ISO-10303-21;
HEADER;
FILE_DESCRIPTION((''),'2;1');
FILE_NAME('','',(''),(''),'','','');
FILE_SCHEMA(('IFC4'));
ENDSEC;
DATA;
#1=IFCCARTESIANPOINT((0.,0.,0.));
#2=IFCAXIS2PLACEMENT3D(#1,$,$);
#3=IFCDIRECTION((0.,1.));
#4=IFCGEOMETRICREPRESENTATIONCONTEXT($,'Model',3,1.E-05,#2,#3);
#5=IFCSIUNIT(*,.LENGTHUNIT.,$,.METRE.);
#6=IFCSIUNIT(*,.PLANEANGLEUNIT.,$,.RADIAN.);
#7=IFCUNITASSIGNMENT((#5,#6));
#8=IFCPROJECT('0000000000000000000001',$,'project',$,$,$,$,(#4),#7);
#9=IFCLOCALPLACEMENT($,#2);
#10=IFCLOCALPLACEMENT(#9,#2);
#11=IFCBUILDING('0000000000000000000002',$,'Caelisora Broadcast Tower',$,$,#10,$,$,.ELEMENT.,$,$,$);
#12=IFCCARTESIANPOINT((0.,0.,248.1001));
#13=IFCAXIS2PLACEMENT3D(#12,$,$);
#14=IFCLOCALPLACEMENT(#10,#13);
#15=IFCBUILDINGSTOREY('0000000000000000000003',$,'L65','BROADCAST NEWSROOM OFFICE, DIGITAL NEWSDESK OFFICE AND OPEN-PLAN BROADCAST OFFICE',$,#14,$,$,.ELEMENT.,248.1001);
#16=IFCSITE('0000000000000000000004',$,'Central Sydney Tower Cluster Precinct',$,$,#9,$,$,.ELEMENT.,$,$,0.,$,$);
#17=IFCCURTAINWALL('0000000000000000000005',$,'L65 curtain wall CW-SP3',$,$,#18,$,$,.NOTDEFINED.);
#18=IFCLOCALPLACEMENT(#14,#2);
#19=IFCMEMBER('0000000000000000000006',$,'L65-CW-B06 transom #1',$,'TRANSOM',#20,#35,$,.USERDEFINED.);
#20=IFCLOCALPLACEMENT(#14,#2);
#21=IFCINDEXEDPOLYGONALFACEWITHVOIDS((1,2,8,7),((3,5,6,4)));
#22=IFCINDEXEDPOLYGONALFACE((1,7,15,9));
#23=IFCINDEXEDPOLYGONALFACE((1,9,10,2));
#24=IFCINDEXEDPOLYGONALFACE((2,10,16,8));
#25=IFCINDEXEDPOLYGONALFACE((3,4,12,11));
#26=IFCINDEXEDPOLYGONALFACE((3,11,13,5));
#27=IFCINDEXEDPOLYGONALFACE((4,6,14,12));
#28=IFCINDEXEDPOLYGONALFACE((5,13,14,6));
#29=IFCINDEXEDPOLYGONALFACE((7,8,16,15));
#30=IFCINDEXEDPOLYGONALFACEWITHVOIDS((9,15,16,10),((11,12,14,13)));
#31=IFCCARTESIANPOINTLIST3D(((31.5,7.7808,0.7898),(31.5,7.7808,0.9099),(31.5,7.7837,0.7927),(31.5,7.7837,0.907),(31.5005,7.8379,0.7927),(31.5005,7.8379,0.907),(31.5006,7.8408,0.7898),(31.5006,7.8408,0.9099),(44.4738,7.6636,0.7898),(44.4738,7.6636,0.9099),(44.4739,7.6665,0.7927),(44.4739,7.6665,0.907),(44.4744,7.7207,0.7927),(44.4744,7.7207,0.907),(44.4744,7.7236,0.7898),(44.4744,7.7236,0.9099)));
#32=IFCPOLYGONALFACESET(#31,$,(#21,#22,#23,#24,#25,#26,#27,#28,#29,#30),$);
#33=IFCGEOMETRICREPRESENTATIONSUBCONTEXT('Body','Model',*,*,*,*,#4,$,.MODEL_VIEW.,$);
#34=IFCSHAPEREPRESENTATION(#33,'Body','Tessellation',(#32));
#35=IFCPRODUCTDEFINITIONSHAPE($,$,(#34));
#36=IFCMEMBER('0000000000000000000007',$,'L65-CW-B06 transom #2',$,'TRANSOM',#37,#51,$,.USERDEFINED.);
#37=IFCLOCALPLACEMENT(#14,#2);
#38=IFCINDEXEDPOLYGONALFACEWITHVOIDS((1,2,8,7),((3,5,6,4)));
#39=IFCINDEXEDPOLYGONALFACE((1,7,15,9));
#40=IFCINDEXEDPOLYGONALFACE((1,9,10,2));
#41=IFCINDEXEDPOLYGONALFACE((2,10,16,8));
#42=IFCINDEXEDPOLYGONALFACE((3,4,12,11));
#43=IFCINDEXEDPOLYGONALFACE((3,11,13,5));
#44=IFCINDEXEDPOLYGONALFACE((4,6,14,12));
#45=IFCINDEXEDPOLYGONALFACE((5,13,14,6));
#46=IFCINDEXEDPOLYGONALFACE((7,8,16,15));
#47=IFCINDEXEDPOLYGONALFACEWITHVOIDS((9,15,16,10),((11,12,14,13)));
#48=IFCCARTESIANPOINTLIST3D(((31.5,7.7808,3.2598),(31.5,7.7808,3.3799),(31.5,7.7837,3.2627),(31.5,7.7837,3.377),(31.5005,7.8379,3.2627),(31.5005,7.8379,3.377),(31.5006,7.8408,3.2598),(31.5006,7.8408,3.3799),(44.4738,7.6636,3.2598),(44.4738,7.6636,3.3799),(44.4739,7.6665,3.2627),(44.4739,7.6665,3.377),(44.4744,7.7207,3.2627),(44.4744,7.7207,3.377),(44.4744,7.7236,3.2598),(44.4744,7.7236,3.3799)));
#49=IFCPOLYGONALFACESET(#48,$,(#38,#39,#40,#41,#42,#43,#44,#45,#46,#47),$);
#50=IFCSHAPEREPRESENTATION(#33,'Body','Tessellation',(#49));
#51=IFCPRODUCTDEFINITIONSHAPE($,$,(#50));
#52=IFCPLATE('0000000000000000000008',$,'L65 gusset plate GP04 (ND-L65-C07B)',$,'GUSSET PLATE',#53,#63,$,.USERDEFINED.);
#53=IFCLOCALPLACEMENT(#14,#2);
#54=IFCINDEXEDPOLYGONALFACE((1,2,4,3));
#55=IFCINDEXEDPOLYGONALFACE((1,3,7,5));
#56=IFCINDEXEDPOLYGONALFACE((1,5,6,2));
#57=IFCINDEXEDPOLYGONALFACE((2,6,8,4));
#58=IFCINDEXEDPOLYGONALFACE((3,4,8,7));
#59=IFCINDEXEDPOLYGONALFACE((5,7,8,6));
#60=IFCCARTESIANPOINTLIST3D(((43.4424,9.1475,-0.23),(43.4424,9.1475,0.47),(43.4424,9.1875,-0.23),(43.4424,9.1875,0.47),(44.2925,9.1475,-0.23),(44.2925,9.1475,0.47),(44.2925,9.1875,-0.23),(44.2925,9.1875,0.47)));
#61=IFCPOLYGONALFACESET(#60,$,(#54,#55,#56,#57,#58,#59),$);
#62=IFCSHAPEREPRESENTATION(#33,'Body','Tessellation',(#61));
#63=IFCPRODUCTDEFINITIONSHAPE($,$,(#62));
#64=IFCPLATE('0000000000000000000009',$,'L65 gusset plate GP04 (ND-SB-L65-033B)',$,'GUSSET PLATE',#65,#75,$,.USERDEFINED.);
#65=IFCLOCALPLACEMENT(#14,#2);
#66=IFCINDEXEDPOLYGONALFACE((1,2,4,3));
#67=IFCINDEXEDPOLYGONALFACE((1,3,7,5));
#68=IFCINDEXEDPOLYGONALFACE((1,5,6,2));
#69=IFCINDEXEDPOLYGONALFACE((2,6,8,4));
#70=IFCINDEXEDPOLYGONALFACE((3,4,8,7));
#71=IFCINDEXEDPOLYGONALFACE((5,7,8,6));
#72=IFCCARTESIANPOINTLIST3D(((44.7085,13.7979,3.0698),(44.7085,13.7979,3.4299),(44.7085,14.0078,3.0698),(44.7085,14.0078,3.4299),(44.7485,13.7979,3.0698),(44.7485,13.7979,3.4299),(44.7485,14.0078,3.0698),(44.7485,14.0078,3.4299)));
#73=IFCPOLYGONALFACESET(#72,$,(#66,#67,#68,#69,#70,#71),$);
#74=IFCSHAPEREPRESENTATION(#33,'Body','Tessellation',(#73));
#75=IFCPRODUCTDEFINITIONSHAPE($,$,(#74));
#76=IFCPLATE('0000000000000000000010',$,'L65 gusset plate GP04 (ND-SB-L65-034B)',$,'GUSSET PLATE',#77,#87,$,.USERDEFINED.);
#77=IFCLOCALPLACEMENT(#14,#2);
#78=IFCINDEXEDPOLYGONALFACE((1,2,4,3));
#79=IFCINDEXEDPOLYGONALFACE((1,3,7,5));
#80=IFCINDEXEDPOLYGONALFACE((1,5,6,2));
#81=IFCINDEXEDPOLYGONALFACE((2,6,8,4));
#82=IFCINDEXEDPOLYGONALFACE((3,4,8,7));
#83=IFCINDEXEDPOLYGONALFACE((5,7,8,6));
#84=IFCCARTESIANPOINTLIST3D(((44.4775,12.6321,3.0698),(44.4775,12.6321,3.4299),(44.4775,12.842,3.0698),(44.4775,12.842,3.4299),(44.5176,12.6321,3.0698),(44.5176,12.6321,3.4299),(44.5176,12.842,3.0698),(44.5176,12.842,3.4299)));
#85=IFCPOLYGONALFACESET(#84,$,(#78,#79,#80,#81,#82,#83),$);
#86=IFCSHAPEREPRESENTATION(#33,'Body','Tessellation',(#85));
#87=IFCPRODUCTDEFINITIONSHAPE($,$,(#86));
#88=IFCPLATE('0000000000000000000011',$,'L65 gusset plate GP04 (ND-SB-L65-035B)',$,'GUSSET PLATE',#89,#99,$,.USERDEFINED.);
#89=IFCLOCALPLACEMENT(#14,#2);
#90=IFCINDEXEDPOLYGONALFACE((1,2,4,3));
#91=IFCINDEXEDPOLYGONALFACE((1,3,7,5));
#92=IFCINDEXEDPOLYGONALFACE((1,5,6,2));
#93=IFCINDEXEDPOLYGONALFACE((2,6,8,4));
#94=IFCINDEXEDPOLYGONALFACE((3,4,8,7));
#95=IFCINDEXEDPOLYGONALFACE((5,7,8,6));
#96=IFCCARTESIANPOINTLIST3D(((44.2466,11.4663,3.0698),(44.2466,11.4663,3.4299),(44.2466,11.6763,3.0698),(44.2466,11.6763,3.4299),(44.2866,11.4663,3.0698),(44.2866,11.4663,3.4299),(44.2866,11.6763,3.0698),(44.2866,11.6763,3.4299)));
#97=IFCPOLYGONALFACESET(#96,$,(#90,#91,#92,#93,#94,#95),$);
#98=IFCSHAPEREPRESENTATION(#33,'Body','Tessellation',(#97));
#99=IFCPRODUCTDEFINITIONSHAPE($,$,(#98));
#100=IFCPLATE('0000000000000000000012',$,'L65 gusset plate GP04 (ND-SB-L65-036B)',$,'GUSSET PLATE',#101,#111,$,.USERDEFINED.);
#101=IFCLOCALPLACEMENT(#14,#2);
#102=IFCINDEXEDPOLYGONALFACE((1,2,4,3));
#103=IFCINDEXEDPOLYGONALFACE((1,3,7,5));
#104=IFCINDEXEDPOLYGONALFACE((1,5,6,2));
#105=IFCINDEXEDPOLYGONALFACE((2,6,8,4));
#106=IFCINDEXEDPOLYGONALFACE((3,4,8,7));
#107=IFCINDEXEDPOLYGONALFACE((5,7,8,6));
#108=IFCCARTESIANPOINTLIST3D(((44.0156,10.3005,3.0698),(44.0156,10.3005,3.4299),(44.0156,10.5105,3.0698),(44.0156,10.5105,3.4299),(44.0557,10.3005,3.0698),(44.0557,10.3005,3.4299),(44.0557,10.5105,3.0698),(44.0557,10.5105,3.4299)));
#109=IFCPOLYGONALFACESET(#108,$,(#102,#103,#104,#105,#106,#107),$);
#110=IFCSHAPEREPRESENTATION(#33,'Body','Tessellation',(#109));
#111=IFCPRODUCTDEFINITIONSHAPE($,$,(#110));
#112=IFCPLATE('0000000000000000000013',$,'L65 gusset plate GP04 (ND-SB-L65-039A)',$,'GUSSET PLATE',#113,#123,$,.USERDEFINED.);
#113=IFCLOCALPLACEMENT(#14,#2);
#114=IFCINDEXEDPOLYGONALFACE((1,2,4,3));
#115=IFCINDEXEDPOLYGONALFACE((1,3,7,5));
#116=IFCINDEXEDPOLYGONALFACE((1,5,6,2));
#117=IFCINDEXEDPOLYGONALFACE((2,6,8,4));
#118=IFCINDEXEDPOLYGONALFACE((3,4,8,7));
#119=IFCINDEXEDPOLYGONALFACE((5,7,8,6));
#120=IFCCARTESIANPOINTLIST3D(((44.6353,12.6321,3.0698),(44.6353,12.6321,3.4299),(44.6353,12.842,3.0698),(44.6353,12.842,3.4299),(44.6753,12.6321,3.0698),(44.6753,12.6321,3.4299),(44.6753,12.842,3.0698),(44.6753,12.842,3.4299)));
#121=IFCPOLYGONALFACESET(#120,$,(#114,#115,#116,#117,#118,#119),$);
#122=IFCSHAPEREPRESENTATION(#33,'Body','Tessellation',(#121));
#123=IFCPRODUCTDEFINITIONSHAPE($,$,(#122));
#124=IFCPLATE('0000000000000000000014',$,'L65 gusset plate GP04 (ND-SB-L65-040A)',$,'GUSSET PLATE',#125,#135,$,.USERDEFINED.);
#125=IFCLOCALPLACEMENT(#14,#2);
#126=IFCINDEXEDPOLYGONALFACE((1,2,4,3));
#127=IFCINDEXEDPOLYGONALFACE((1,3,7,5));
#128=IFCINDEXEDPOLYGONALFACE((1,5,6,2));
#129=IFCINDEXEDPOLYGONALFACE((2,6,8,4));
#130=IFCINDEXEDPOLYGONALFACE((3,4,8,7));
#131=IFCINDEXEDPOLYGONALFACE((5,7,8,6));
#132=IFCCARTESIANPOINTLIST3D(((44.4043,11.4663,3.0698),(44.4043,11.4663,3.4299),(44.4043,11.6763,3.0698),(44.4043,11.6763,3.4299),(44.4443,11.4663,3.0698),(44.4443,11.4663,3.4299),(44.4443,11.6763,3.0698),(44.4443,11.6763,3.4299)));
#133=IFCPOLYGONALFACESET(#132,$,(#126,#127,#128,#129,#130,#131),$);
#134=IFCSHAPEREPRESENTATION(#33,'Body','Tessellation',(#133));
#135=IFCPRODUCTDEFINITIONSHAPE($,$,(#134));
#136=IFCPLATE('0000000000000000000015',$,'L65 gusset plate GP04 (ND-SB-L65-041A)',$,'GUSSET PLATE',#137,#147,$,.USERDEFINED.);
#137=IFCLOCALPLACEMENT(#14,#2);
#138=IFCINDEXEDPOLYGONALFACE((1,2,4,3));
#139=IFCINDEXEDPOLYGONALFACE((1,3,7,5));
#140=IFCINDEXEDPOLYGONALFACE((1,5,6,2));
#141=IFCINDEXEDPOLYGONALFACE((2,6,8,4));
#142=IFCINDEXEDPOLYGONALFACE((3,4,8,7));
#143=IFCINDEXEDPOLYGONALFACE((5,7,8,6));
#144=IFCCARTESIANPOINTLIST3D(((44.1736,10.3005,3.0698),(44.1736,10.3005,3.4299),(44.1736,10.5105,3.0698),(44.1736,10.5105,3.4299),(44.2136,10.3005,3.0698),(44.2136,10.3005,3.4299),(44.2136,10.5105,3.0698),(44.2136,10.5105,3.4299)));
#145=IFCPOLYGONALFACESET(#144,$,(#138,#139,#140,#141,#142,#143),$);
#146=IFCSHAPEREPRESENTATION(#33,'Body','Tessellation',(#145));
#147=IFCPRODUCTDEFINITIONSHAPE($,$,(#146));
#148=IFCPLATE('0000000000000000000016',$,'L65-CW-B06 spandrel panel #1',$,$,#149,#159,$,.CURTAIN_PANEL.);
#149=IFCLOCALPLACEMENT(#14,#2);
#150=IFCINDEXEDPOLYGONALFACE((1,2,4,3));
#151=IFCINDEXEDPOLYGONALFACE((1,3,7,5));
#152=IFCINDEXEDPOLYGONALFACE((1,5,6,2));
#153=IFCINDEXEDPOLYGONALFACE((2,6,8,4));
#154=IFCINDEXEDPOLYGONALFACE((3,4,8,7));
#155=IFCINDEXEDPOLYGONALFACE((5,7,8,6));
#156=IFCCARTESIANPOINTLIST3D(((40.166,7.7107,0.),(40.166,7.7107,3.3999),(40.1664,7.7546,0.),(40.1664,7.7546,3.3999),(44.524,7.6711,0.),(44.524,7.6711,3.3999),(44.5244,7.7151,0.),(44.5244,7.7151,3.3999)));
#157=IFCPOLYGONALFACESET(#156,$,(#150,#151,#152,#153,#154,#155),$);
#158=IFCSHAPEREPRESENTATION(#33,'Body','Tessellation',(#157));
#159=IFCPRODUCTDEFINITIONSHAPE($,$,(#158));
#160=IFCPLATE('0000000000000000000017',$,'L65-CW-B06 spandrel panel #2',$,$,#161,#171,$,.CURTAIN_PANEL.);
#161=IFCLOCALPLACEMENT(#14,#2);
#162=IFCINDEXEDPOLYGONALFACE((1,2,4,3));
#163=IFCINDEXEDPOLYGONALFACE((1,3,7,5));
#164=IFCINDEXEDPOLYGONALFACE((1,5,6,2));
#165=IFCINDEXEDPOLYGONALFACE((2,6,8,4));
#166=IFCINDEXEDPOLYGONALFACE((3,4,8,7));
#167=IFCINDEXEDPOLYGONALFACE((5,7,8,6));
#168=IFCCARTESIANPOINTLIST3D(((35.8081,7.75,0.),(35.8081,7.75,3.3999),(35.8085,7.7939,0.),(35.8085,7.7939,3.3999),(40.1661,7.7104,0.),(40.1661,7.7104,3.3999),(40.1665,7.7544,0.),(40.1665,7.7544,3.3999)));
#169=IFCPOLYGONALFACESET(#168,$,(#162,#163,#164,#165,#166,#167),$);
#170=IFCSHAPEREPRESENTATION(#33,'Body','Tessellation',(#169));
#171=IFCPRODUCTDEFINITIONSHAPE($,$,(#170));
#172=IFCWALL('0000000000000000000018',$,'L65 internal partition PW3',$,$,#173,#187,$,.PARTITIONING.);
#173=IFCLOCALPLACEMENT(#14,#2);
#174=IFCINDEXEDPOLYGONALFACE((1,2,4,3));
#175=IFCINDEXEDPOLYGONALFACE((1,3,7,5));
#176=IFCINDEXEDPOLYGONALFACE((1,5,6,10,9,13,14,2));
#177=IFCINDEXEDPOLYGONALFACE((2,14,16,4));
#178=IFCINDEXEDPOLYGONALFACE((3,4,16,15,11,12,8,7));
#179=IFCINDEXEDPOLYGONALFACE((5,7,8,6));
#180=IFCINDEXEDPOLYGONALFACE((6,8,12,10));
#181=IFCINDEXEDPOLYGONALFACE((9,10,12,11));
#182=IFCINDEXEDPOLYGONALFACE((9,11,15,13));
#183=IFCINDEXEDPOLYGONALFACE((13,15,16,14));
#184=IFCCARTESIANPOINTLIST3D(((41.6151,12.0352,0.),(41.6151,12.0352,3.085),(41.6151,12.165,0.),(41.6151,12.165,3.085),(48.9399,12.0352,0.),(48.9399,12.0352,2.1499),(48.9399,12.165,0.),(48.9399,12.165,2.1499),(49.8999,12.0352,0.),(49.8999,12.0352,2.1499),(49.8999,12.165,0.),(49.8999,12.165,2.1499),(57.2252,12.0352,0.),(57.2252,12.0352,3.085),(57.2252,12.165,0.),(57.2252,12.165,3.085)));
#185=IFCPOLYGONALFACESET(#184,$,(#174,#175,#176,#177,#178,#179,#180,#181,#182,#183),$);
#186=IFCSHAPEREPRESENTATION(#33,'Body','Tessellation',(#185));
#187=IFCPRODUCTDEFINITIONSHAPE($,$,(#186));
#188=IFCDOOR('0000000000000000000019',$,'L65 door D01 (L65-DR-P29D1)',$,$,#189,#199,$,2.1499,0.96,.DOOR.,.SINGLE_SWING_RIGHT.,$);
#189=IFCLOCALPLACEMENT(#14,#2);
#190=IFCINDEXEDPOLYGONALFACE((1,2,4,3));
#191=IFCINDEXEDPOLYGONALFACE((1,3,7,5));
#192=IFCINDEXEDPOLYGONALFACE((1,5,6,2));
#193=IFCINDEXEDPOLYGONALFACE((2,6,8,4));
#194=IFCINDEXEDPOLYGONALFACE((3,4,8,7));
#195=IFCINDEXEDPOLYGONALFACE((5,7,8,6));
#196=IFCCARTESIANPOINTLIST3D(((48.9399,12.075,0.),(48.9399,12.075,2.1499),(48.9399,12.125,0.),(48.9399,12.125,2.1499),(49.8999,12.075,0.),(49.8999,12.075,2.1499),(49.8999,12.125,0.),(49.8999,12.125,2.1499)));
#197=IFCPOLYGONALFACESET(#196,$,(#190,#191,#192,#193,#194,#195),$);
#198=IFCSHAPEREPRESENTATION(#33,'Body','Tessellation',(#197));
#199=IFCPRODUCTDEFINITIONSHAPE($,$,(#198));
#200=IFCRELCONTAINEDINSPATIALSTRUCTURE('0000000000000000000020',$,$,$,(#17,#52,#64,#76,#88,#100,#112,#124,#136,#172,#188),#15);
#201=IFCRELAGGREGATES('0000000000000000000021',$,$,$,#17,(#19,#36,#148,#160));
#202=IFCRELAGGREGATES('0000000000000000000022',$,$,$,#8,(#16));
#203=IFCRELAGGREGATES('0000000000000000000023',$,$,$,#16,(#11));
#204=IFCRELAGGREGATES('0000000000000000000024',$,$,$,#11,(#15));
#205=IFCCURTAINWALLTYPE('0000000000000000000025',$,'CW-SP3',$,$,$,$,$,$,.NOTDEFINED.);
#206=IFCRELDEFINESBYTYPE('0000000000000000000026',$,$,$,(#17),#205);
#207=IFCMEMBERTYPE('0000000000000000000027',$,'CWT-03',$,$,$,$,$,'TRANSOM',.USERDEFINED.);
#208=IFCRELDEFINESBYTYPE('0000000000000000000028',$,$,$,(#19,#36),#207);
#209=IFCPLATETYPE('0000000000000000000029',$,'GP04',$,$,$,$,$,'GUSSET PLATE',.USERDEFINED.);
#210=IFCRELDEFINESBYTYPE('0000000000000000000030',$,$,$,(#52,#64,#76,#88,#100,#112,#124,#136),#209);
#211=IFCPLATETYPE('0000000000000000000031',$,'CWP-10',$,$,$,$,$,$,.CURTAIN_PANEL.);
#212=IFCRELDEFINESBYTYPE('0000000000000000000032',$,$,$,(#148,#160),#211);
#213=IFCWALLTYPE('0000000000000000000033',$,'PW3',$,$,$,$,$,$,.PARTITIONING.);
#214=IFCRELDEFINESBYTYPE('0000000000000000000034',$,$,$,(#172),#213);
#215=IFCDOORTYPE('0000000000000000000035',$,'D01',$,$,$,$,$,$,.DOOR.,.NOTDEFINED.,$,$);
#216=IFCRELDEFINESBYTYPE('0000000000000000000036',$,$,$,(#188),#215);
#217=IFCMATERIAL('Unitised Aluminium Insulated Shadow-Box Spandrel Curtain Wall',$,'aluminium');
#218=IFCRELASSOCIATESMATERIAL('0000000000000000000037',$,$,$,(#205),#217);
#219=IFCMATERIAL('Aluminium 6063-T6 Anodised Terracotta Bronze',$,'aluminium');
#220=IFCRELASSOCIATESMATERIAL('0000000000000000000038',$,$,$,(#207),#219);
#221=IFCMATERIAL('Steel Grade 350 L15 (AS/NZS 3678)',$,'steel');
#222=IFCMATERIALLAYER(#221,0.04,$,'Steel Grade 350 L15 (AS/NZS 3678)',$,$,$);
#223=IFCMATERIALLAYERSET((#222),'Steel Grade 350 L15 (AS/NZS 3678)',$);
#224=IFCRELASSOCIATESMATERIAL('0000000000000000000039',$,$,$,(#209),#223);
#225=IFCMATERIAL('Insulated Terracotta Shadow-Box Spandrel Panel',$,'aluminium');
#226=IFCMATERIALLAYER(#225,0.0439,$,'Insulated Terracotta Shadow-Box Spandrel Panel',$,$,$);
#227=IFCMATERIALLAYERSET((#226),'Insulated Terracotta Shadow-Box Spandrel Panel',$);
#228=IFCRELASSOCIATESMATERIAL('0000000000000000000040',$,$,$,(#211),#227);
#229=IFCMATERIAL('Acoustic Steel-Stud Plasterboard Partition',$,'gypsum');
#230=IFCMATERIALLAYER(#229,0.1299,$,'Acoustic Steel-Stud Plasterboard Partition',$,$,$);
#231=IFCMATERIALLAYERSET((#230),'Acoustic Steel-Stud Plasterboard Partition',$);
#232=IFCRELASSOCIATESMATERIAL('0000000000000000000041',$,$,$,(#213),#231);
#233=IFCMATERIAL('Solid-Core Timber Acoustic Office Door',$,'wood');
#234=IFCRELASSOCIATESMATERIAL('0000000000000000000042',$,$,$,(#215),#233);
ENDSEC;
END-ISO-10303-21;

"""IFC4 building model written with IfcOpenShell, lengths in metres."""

from ifc_helpers import new_model, si_unit, direction, frame, frame_2d, origin, origin_2d, place, context, subcontext, project, spatial, rectangle, hollow_rectangle, extrude, source, transform, mapped, material, layer, layer_set, material_profile, profile_set, type_object, type_shapes, element, fill, aggregate, save


model = new_model("IFC4")

# Units and contexts
model_context = context("Model", 3, precision=1e-05, world=origin(), true_north=direction((0.0, 1.0)))
body_context = subcontext(model_context, "Body", "Model", "MODEL_VIEW")
ifc_project = project(units=[si_unit("LENGTHUNIT", "METRE"), si_unit("PLANEANGLEUNIT", "RADIAN")], contexts=[model_context])

# Site, building, storey
site_placement = place(None, origin())
site = spatial("IfcSite", under=ifc_project, at=site_placement, Name="Central Sydney Tower Cluster Precinct", CompositionType="ELEMENT", RefElevation=0.0)
building_placement = place(site_placement, origin())
building = spatial("IfcBuilding", under=site, at=building_placement, Name="Caelisora Broadcast Tower", CompositionType="ELEMENT")
storey_placement = place(building_placement, frame((0.0, 0.0, 248.1001)))
storey = spatial("IfcBuildingStorey", under=building, at=storey_placement, Name="L65", Description="BROADCAST NEWSROOM OFFICE, DIGITAL NEWSDESK OFFICE AND OPEN-PLAN BROADCAST OFFICE", CompositionType="ELEMENT", Elevation=248.1001)

# Shared definitions
ifc_material_1 = material(Name="Steel Grade 350 L15 (AS/NZS 3678)", Category="steel")

# Shared definitions
ifc_material_2 = material(Name="Aluminium 6063-T6 Anodised Terracotta Bronze", Category="aluminium")

# Curtain wall, members
ifc_material_3 = material(Name="Unitised Aluminium Insulated Shadow-Box Spandrel Curtain Wall", Category="aluminium")
curtain_wall_type_1 = type_object("IfcCurtainWallType", Name="CW-SP3", PredefinedType="NOTDEFINED", material=ifc_material_3)
curtain_wall_1_placement = place(storey_placement, origin())
curtain_wall_1 = element("IfcCurtainWall", 1, at=curtain_wall_1_placement, inside=storey, type_object=curtain_wall_type_1, Name="L65 curtain wall CW-SP3", PredefinedType="NOTDEFINED")
ifc_material_profile_1 = material_profile(ifc_material_2, hollow_rectangle(XDim=0.0601, YDim=0.1201, WallThickness=0.0029, at=origin_2d()), Name="Aluminium 6063-T6 Anodised Terracotta Bronze")
ifc_profile_set_1 = profile_set([ifc_material_profile_1], Name="Aluminium 6063-T6 Anodised Terracotta Bronze")
member_type_1 = type_object("IfcMemberType", Name="CWT-03", ElementType="TRANSOM", PredefinedType="USERDEFINED", material=ifc_profile_set_1)
shared_shape_1 = source(origin(), body_context, "Body", "SweptSolid", [
    extrude(hollow_rectangle(XDim=0.0601, YDim=0.1201, WallThickness=0.0029, at=origin_2d()), origin(), (0.0, 0.0, 1.0), 12.9744),
])
type_shapes(member_type_1, [shared_shape_1])
member_1_placement = place(storey_placement, frame((44.4741, 7.6936, 0.8499), z_axis=(-0.999959, 0.009032, 0.0), x_axis=(-0.009032, -0.999959, 0.0)))
member_1 = element("IfcMember", 2, at=member_1_placement, type_object=member_type_1, Name="L65-CW-B06 transom #1", ObjectType="TRANSOM", PredefinedType="USERDEFINED", context=body_context, shape_type="MappedRepresentation", body=[
    mapped(shared_shape_1, transform((0.0, 0.0, 0.0), scale=1.0)),
])
member_2_placement = place(storey_placement, frame((44.4741, 7.6936, 3.3198), z_axis=(-0.999959, 0.009032, 0.0), x_axis=(-0.009032, -0.999959, 0.0)))
member_2 = element("IfcMember", 3, at=member_2_placement, type_object=member_type_1, Name="L65-CW-B06 transom #2", ObjectType="TRANSOM", PredefinedType="USERDEFINED", context=body_context, shape_type="MappedRepresentation", body=[
    mapped(shared_shape_1, transform((0.0, 0.0, 0.0), scale=1.0)),
])

# Plates
ifc_layer_1 = layer(ifc_material_1, 0.04, Name="Steel Grade 350 L15 (AS/NZS 3678)")
ifc_layer_set_1 = layer_set([ifc_layer_1], Name="Steel Grade 350 L15 (AS/NZS 3678)")
plate_type_1 = type_object("IfcPlateType", Name="GP04", ElementType="GUSSET PLATE", PredefinedType="USERDEFINED", material=ifc_layer_set_1)
shared_shape_2 = source(origin(), body_context, "Body", "SweptSolid", [
    extrude(rectangle(XDim=0.8501, YDim=0.04, at=origin_2d()), origin(), (0.0, 0.0, 1.0), 0.7),
])
plate_1_placement = place(storey_placement, frame((43.8674, 9.1675, -0.23), z_axis=(0.0, 0.0, 1.0), x_axis=(1.0, 0.0, 0.0)))
element("IfcPlate", 4, at=plate_1_placement, inside=storey, type_object=plate_type_1, Name="L65 gusset plate GP04 (ND-L65-C07B)", ObjectType="GUSSET PLATE", PredefinedType="USERDEFINED", context=body_context, shape_type="MappedRepresentation", body=[
    mapped(shared_shape_2, transform((0.0, 0.0, 0.0), scale=1.0)),
])
shared_shape_3 = source(origin(), body_context, "Body", "SweptSolid", [
    extrude(rectangle(XDim=0.21, YDim=0.04, at=origin_2d()), origin(), (0.0, 0.0, 1.0), 0.3601),
])
type_shapes(plate_type_1, [shared_shape_2, shared_shape_3])
for number, where, z_axis, x_axis, name in (
    (5, (44.7285, 13.9028, 3.0698), (0.0, 0.0, 1.0), (0.0, 1.0, 0.0), "L65 gusset plate GP04 (ND-SB-L65-033B)"),
    (6, (44.4976, 12.7371, 3.0698), (0.0, 0.0, 1.0), (0.0, 1.0, 0.0), "L65 gusset plate GP04 (ND-SB-L65-034B)"),
    (7, (44.2666, 11.5713, 3.0698), (0.0, 0.0, 1.0), (0.0, 1.0, 0.0), "L65 gusset plate GP04 (ND-SB-L65-035B)"),
    (8, (44.0356, 10.4055, 3.0698), (0.0, 0.0, 1.0), (0.0, 1.0, 0.0), "L65 gusset plate GP04 (ND-SB-L65-036B)"),
    (9, (44.6553, 12.7371, 3.0698), (0.0, 0.0, 1.0), (0.0, 1.0, 0.0), "L65 gusset plate GP04 (ND-SB-L65-039A)"),
    (10, (44.4243, 11.5713, 3.0698), (0.0, 0.0, 1.0), (0.0, 1.0, 0.0), "L65 gusset plate GP04 (ND-SB-L65-040A)"),
    (11, (44.1936, 10.4055, 3.0698), (0.0, 0.0, 1.0), (0.0, 1.0, 0.0), "L65 gusset plate GP04 (ND-SB-L65-041A)"),
):
    element("IfcPlate", number, at=place(storey_placement, frame(where, z_axis=z_axis, x_axis=x_axis)), inside=storey, type_object=plate_type_1, Name=name, ObjectType="GUSSET PLATE", PredefinedType="USERDEFINED", context=body_context, shape_type="MappedRepresentation", body=[
        mapped(shared_shape_3, transform((0.0, 0.0, 0.0), scale=1.0)),
    ])

# Plates
ifc_material_4 = material(Name="Insulated Terracotta Shadow-Box Spandrel Panel", Category="aluminium")
ifc_layer_2 = layer(ifc_material_4, 0.0439, Name="Insulated Terracotta Shadow-Box Spandrel Panel")
ifc_layer_set_2 = layer_set([ifc_layer_2], Name="Insulated Terracotta Shadow-Box Spandrel Panel")
plate_type_2 = type_object("IfcPlateType", Name="CWP-10", PredefinedType="CURTAIN_PANEL", material=ifc_layer_set_2)
shared_shape_4 = source(origin(), body_context, "Body", "SweptSolid", [
    extrude(rectangle(XDim=4.3582, YDim=0.0439, at=origin_2d()), origin(), (0.0, 0.0, 1.0), 3.3999),
])
type_shapes(plate_type_2, [shared_shape_4])
plate_2_placement = place(storey_placement, frame((42.3452, 7.7129, 0.0), z_axis=(0.0, 0.0, 1.0), x_axis=(-0.999959, 0.009076, 0.0)))
plate_2 = element("IfcPlate", 12, at=plate_2_placement, type_object=plate_type_2, Name="L65-CW-B06 spandrel panel #1", PredefinedType="CURTAIN_PANEL", context=body_context, shape_type="MappedRepresentation", body=[
    mapped(shared_shape_4, transform((0.0, 0.0, 0.0), scale=1.0)),
])
plate_3_placement = place(storey_placement, frame((37.9873, 7.7522, 0.0), z_axis=(0.0, 0.0, 1.0), x_axis=(-0.999959, 0.009076, 0.0)))
plate_3 = element("IfcPlate", 13, at=plate_3_placement, type_object=plate_type_2, Name="L65-CW-B06 spandrel panel #2", PredefinedType="CURTAIN_PANEL", context=body_context, shape_type="MappedRepresentation", body=[
    mapped(shared_shape_4, transform((0.0, 0.0, 0.0), scale=1.0)),
])
aggregate(curtain_wall_1, [member_1, member_2, plate_2, plate_3])

# Wall, opening, door
ifc_material_5 = material(Name="Acoustic Steel-Stud Plasterboard Partition", Category="gypsum")
ifc_layer_3 = layer(ifc_material_5, 0.1299, Name="Acoustic Steel-Stud Plasterboard Partition")
ifc_layer_set_3 = layer_set([ifc_layer_3], Name="Acoustic Steel-Stud Plasterboard Partition")
wall_type = type_object("IfcWallType", Name="PW3", PredefinedType="PARTITIONING", material=ifc_layer_set_3)
wall_1_placement = place(storey_placement, frame((41.615, 12.1001, 0.0), z_axis=(0.0, 0.0, 1.0), x_axis=(1.0, 0.0, 0.0)))
wall_1 = element("IfcWall", 14, at=wall_1_placement, inside=storey, type_object=wall_type, Name="L65 internal partition PW3", PredefinedType="PARTITIONING", context=body_context, shape_type="SweptSolid", body=[
    extrude(rectangle(XDim=15.6101, YDim=0.1299, at=frame_2d((7.8052, 0.0))), origin(), (0.0, 0.0, 1.0), 3.085),
])
opening_placement = place(wall_1_placement, frame((7.325, 0.0, 0.0)))
opening = element("IfcOpeningElement", 15, at=opening_placement, cuts=wall_1, PredefinedType="OPENING", context=body_context, shape_type="SweptSolid", body=[
    extrude(rectangle(XDim=0.96, YDim=2.1499, at=frame_2d((0.48, 1.075))), frame((0.0, 0.0769, 0.0), z_axis=(0.0, -1.0, 0.0), x_axis=(1.0, 0.0, 0.0)), (0.0, 0.0, 1.0), 0.1538),
])
ifc_material_6 = material(Name="Solid-Core Timber Acoustic Office Door", Category="wood")
door_type = type_object("IfcDoorType", Name="D01", OperationType="NOTDEFINED", PredefinedType="DOOR", material=ifc_material_6)
door_placement = place(opening_placement, origin())
door = element("IfcDoor", 16, at=door_placement, inside=storey, type_object=door_type, Name="L65 door D01 (L65-DR-P29D1)", OperationType="SINGLE_SWING_RIGHT", OverallHeight=2.1499, OverallWidth=0.96, PredefinedType="DOOR", context=body_context, shape_type="SweptSolid", body=[
    extrude(rectangle(XDim=0.96, YDim=2.1499, at=frame_2d((0.48, 1.075))), frame((0.0, 0.0249, 0.0), z_axis=(0.0, -1.0, 0.0), x_axis=(1.0, 0.0, 0.0)), (0.0, 0.0, 1.0), 0.05),
])
fill(opening, door)

save(model, "model.ifc")
